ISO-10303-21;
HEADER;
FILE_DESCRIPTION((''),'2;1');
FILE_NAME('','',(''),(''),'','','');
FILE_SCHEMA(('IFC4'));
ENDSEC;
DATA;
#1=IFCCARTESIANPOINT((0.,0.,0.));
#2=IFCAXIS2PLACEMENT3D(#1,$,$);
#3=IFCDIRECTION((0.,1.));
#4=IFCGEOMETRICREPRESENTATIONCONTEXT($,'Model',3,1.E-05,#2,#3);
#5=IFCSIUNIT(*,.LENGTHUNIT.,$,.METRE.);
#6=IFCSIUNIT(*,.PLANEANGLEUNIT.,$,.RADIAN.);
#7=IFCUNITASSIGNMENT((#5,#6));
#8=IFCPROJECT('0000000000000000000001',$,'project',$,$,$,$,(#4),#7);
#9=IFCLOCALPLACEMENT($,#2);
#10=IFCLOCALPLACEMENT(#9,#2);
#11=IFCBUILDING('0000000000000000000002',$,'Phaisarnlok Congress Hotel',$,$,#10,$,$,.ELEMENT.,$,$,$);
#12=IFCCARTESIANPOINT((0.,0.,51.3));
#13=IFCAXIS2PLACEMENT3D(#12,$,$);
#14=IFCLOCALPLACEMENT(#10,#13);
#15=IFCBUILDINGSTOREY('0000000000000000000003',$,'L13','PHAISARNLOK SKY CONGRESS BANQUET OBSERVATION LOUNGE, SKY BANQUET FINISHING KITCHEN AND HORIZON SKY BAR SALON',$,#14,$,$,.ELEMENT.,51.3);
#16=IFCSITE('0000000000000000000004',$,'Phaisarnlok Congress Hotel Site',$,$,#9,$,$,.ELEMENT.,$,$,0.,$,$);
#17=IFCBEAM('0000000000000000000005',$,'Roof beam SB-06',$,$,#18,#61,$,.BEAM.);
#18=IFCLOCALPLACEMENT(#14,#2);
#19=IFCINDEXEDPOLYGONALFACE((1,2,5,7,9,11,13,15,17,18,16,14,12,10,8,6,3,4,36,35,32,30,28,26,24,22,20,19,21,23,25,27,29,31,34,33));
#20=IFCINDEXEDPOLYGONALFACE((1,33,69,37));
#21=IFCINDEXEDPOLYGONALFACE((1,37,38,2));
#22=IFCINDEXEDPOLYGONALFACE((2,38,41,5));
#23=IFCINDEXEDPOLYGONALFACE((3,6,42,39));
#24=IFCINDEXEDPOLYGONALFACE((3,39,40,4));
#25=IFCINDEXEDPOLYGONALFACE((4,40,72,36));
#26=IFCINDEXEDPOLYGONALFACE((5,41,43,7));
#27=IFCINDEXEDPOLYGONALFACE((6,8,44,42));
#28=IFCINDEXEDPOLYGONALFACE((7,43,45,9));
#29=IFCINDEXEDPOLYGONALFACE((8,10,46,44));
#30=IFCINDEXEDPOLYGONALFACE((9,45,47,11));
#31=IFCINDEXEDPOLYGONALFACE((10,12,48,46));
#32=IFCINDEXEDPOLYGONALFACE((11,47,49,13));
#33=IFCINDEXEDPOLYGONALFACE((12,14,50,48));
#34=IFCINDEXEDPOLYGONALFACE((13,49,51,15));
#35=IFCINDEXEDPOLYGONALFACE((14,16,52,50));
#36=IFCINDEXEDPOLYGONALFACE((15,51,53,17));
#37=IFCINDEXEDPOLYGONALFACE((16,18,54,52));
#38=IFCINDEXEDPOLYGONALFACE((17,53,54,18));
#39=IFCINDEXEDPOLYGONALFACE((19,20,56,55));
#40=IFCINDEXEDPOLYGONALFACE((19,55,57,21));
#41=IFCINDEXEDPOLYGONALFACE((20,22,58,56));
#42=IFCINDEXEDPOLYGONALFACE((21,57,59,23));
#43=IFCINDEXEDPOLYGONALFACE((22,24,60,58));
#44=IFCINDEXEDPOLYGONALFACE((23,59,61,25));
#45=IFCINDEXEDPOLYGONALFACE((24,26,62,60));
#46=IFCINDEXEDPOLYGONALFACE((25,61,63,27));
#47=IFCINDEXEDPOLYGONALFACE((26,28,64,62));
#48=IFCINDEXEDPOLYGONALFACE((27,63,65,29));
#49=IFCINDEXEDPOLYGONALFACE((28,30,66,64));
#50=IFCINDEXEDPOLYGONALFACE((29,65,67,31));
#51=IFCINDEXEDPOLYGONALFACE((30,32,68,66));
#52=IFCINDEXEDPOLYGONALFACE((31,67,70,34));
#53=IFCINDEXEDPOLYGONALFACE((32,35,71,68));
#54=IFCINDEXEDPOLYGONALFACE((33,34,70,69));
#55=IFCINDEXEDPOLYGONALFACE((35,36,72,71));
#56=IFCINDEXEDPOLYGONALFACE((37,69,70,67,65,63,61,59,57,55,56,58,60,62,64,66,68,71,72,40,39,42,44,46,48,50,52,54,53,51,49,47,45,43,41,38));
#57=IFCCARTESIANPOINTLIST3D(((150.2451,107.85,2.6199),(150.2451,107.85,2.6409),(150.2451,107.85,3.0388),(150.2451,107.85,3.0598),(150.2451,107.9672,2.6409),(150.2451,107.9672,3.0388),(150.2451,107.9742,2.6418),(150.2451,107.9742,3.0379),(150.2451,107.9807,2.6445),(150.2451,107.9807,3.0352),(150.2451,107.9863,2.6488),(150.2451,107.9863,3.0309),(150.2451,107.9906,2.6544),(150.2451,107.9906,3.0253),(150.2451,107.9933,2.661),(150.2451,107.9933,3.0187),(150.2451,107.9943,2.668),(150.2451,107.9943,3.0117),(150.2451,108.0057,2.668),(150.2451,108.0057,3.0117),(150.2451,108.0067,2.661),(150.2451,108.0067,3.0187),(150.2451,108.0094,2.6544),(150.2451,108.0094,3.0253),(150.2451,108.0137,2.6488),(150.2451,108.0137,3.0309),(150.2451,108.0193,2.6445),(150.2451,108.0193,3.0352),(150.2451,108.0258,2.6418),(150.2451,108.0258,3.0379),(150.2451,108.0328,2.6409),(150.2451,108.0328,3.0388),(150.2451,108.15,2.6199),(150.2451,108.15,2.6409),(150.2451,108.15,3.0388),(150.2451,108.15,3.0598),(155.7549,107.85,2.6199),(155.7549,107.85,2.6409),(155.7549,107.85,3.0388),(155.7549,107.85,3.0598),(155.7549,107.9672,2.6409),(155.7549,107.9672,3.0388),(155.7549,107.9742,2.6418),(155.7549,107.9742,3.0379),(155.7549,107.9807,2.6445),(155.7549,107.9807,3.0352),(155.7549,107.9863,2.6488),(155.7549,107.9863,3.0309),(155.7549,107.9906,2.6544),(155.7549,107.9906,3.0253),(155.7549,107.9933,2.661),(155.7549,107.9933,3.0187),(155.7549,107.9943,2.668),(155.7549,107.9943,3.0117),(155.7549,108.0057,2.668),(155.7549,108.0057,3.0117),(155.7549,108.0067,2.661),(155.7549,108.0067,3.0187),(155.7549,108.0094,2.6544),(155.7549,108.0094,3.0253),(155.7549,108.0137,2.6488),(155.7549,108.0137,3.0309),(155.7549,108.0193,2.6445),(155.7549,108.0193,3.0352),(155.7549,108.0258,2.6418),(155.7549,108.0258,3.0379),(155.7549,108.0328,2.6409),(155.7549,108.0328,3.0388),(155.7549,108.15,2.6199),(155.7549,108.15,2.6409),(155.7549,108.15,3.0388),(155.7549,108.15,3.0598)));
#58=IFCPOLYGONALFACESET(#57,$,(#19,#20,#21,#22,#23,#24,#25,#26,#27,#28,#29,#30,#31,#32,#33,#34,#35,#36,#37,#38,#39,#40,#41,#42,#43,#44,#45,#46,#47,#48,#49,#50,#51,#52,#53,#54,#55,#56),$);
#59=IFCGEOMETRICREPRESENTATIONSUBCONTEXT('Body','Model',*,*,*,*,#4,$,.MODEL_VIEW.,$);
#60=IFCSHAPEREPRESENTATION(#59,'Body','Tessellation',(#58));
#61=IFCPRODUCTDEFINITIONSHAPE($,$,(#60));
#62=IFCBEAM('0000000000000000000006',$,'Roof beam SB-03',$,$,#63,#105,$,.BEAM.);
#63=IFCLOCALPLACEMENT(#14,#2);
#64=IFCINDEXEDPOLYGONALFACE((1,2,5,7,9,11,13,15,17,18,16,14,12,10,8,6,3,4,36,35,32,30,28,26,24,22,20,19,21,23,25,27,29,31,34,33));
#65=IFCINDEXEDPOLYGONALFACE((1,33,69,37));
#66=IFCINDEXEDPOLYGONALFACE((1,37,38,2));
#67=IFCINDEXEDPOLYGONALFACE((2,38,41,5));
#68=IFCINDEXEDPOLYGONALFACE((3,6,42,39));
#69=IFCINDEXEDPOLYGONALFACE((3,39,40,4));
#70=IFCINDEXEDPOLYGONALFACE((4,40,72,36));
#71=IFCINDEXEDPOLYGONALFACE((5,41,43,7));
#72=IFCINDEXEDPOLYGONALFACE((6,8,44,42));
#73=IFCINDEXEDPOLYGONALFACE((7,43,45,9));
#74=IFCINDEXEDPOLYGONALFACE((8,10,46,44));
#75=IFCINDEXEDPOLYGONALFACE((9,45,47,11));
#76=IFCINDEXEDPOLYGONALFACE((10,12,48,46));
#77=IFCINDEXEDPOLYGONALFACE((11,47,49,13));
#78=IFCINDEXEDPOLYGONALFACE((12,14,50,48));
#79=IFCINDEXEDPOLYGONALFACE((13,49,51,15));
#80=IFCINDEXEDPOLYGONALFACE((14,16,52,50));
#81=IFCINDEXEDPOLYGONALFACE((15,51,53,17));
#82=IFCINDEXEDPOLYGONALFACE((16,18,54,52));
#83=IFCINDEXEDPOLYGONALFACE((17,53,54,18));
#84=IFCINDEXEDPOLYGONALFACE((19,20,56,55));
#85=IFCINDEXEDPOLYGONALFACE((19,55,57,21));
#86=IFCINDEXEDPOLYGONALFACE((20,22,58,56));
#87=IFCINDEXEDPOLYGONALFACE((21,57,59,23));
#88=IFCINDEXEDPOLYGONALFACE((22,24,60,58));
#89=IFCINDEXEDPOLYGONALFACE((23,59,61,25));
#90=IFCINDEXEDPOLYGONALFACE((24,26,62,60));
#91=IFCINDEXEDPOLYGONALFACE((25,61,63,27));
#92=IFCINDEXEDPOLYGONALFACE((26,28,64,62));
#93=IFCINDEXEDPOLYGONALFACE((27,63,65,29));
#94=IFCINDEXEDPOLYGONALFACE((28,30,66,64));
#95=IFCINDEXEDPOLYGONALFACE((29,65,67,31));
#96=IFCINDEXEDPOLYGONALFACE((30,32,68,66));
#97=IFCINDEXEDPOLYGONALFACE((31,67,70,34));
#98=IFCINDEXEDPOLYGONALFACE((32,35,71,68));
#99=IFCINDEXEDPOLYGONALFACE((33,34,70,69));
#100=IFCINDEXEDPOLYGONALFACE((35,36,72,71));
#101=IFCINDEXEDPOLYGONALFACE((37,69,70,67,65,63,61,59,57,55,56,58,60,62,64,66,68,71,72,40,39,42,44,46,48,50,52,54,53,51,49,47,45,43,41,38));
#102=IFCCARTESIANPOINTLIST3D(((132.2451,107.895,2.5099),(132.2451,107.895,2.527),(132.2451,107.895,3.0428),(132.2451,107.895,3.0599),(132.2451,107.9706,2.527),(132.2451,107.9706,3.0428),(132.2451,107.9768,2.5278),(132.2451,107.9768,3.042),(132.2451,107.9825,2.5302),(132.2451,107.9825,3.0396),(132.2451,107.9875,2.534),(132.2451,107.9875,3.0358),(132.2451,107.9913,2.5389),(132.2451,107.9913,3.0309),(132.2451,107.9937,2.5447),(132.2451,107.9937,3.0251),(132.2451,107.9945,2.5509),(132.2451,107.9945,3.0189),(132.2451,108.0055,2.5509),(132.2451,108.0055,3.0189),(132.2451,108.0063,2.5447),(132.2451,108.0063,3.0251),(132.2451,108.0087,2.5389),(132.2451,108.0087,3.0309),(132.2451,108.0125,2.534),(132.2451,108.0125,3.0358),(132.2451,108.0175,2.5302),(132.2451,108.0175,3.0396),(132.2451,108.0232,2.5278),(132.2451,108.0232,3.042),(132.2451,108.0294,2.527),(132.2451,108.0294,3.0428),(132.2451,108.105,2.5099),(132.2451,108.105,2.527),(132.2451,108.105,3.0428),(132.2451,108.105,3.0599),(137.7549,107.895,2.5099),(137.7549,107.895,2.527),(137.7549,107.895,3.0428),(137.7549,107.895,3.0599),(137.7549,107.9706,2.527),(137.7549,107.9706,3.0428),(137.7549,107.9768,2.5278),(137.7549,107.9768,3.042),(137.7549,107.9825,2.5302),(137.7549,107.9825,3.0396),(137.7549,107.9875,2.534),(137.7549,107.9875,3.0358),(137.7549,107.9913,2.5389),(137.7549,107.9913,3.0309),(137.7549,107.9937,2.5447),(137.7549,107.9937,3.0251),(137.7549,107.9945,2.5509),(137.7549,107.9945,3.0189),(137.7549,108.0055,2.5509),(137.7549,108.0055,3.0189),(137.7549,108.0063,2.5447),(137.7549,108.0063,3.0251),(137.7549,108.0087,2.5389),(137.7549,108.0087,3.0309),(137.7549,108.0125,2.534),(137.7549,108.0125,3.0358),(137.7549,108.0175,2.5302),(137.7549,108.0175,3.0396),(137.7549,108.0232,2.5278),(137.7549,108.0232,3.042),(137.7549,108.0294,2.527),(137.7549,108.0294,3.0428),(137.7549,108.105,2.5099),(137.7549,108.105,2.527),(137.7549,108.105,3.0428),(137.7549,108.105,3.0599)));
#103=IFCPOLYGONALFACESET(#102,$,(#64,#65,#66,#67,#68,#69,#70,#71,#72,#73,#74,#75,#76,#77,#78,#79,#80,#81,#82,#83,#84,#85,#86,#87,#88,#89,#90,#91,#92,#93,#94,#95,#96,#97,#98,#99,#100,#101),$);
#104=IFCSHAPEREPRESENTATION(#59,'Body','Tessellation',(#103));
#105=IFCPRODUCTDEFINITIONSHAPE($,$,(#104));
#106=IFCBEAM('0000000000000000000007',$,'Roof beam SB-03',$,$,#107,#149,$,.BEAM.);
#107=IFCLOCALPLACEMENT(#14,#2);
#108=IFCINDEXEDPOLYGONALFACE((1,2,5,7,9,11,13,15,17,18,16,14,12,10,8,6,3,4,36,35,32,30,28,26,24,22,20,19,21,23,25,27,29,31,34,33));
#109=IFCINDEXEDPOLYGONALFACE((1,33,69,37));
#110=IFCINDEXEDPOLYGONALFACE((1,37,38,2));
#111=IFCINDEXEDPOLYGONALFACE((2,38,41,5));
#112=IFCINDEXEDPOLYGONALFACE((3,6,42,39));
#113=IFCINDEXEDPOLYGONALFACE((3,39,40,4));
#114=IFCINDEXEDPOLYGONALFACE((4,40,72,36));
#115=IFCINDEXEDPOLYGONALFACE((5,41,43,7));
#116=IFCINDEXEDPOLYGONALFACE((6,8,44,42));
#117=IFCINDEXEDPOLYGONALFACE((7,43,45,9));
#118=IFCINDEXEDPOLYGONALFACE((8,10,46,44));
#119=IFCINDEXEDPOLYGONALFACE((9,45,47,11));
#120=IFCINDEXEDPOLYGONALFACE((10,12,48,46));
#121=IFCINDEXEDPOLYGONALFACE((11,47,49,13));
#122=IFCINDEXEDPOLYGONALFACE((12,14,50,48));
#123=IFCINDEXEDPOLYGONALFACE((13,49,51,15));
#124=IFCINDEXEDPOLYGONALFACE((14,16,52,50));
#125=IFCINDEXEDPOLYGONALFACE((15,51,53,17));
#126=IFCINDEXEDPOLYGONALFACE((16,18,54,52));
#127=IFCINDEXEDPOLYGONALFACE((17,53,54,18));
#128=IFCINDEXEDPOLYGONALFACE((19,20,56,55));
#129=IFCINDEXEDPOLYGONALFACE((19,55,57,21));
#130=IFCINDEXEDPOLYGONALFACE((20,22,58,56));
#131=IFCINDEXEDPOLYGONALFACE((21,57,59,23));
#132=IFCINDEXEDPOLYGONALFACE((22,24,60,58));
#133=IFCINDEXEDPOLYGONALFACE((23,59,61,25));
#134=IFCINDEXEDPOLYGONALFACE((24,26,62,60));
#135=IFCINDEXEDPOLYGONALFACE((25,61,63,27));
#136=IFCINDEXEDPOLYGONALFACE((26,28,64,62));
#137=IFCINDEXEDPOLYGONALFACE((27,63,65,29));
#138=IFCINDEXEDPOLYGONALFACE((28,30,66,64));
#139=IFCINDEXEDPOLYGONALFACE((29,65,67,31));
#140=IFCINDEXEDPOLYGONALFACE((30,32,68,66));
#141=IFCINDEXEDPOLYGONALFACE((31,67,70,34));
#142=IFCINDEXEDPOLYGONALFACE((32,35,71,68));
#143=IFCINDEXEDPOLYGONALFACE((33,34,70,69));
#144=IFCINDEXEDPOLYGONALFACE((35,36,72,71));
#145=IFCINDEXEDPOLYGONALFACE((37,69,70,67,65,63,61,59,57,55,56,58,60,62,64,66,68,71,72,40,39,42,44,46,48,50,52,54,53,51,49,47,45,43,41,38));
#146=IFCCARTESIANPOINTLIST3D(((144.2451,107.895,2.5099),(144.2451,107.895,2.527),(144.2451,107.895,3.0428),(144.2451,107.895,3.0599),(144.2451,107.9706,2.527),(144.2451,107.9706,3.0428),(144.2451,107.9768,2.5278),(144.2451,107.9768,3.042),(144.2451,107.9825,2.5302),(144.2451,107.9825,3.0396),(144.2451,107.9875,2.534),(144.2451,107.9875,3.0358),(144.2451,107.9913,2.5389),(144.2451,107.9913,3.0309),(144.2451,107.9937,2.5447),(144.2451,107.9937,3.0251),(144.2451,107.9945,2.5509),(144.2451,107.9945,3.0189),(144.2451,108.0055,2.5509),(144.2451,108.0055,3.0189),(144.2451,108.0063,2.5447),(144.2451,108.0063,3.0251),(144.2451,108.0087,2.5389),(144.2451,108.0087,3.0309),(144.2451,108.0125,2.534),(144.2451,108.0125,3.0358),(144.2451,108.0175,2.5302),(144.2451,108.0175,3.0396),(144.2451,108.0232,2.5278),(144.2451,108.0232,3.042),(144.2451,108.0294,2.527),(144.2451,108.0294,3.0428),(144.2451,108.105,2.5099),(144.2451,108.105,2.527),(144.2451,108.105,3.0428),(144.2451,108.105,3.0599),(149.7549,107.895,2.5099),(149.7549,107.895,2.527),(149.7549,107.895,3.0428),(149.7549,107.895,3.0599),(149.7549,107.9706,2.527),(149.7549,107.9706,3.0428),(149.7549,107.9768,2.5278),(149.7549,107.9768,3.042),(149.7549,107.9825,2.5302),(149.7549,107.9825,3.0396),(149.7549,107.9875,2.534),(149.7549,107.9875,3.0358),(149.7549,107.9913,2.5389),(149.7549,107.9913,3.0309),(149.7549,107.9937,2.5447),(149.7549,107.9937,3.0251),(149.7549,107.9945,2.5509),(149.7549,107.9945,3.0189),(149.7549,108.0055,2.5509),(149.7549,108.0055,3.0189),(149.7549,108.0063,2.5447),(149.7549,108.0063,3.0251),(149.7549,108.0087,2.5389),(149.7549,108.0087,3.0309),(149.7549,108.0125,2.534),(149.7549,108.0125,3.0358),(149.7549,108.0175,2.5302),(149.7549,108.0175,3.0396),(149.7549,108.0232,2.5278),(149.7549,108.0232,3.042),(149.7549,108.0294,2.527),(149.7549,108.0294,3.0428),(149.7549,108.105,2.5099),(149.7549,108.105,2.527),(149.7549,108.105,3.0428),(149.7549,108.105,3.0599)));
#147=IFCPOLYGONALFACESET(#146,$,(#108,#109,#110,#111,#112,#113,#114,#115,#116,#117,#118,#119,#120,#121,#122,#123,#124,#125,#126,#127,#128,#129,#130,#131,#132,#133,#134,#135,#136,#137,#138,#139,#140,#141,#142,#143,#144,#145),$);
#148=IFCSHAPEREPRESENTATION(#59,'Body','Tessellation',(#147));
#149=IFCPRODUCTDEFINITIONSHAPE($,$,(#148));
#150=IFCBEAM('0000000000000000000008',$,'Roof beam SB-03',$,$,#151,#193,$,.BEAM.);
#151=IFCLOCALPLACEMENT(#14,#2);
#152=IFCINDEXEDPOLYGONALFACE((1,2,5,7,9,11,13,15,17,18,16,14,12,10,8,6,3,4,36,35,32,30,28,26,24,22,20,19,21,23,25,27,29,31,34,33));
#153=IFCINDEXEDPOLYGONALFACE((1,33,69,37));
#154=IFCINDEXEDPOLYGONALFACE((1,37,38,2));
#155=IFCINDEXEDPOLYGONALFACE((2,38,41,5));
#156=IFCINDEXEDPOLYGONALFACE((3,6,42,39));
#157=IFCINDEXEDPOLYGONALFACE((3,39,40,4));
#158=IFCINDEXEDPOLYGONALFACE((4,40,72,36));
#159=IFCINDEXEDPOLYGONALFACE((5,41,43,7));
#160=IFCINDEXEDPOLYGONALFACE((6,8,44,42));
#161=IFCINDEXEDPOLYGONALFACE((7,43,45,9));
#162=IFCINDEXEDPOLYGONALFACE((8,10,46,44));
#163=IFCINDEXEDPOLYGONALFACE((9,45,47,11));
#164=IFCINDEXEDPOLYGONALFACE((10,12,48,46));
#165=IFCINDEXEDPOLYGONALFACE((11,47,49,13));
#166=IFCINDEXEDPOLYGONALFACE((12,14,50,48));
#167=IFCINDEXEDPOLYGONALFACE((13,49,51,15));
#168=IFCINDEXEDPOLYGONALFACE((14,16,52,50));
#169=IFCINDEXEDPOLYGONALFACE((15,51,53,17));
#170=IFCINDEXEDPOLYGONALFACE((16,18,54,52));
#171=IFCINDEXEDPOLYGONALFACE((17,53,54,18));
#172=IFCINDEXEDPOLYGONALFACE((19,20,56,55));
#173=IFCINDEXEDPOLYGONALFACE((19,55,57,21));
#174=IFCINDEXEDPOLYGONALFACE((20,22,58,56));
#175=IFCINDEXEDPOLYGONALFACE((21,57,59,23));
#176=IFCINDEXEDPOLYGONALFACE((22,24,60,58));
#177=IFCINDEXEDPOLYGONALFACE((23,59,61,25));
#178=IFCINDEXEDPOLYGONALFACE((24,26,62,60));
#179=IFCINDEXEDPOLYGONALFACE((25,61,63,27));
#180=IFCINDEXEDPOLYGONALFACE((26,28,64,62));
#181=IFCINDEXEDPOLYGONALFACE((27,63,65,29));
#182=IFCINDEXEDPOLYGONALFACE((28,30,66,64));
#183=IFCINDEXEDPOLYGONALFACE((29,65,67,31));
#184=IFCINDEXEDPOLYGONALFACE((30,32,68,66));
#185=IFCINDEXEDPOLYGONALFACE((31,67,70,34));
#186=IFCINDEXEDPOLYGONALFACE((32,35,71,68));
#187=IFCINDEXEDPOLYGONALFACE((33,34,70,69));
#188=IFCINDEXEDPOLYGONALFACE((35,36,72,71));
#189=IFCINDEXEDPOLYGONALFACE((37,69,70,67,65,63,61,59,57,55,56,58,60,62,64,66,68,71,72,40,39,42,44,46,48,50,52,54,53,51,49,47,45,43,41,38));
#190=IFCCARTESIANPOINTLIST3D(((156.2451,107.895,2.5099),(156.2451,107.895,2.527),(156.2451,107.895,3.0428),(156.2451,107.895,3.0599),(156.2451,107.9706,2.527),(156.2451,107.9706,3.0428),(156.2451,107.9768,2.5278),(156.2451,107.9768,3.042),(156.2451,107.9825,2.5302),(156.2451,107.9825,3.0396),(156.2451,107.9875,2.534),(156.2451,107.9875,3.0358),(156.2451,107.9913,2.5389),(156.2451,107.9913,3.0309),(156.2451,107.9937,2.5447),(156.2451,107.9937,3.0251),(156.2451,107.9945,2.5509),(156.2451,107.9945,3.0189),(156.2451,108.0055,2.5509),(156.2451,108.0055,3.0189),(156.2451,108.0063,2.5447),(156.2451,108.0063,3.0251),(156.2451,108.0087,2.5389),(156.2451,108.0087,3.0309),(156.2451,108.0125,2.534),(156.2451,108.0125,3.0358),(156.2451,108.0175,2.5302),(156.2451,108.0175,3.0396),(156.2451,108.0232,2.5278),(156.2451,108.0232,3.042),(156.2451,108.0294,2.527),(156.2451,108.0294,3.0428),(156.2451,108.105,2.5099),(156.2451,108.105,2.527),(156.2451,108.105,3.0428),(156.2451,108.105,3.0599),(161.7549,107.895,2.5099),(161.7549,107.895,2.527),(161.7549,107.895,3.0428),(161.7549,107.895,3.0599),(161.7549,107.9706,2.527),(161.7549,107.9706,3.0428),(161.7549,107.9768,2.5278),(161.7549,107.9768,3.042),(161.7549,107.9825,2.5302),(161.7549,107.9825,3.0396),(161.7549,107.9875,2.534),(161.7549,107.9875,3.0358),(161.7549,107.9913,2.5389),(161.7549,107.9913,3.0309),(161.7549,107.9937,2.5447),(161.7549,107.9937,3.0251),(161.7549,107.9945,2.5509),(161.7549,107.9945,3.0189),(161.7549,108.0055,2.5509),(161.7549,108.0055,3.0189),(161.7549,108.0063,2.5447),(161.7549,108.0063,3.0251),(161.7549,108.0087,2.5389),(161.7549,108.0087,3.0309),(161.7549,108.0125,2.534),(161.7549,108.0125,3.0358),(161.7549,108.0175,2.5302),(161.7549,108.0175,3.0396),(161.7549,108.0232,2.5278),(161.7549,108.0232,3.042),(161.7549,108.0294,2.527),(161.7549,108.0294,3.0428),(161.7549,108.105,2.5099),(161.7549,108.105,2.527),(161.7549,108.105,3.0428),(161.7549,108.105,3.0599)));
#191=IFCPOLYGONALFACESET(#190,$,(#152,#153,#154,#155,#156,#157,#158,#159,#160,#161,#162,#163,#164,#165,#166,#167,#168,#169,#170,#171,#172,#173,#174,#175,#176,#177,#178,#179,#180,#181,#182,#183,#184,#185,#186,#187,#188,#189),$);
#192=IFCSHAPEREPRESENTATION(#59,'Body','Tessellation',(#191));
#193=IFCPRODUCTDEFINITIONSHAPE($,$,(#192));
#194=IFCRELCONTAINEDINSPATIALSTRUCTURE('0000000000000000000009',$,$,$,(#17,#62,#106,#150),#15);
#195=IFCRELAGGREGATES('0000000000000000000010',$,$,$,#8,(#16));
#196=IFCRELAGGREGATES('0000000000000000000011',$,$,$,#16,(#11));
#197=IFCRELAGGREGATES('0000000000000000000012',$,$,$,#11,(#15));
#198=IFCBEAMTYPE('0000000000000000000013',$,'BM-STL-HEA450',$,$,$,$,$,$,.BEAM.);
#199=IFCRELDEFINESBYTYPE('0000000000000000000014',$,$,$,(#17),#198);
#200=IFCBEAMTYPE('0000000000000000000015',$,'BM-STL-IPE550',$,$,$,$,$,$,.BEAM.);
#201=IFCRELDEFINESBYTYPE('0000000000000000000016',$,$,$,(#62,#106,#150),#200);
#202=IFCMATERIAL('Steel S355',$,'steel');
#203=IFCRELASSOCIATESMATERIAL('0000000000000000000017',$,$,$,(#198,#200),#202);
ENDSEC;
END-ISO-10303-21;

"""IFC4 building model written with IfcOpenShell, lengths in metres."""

from ifc_helpers import new_model, si_unit, direction, frame, origin, origin_2d, place, context, subcontext, project, spatial, i_section, extrude, material, material_profile, profile_set, type_object, element, save


model = new_model("IFC4")

# Units and contexts
model_context = context("Model", 3, precision=1e-05, world=origin(), true_north=direction((0.0, 1.0)))
body_context = subcontext(model_context, "Body", "Model", "MODEL_VIEW")
ifc_project = project(units=[si_unit("LENGTHUNIT", "METRE"), si_unit("PLANEANGLEUNIT", "RADIAN")], contexts=[model_context])

# Site, building, storey
site_placement = place(None, origin())
site = spatial("IfcSite", under=ifc_project, at=site_placement, Name="Phaisarnlok Congress Hotel Site", CompositionType="ELEMENT", RefElevation=0.0)
building_placement = place(site_placement, origin())
building = spatial("IfcBuilding", under=site, at=building_placement, Name="Phaisarnlok Congress Hotel", CompositionType="ELEMENT")
storey_placement = place(building_placement, frame((0.0, 0.0, 51.3)))
storey = spatial("IfcBuildingStorey", under=building, at=storey_placement, Name="L13", Description="PHAISARNLOK SKY CONGRESS BANQUET OBSERVATION LOUNGE, SKY BANQUET FINISHING KITCHEN AND HORIZON SKY BAR SALON", CompositionType="ELEMENT", Elevation=51.3)

# Beams
ifc_material_1 = material(Name="Steel S355", Category="steel")
ifc_material_profile_1 = material_profile(ifc_material_1, i_section(OverallWidth=0.3, OverallDepth=0.4399, WebThickness=0.0115, FlangeThickness=0.021, FilletRadius=0.0271, at=origin_2d()), Name="HEA 450")
ifc_profile_set_1 = profile_set([ifc_material_profile_1], Name="Steel S355")
beam_type_1 = type_object("IfcBeamType", Name="BM-STL-HEA450", PredefinedType="BEAM", material=ifc_profile_set_1)
for number, where, z_axis, x_axis, name in (
    (1, (150.2451, 108.0, 2.8398), (1.0, 0.0, 0.0), (0.0, 1.0, 0.0), "Roof beam SB-06"),
):
    element("IfcBeam", number, at=place(storey_placement, frame(where, z_axis=z_axis, x_axis=x_axis)), inside=storey, type_object=beam_type_1, Name=name, PredefinedType="BEAM", context=body_context, shape_type="SweptSolid", body=[
        extrude(i_section(OverallWidth=0.3, OverallDepth=0.4399, WebThickness=0.0115, FlangeThickness=0.021, FilletRadius=0.0271, at=origin_2d()), origin(), (0.0, 0.0, 1.0), 5.5098),
    ])
ifc_material_profile_2 = material_profile(ifc_material_1, i_section(OverallWidth=0.21, OverallDepth=0.55, WebThickness=0.011, FlangeThickness=0.0171, FilletRadius=0.0239, at=origin_2d()), Name="IPE 550")
ifc_profile_set_2 = profile_set([ifc_material_profile_2], Name="Steel S355")
beam_type_2 = type_object("IfcBeamType", Name="BM-STL-IPE550", PredefinedType="BEAM", material=ifc_profile_set_2)
for number, where, z_axis, x_axis, name in (
    (2, (132.2451, 108.0, 2.7849), (1.0, 0.0, 0.0), (0.0, 1.0, 0.0), "Roof beam SB-03"),
    (3, (144.2451, 108.0, 2.7849), (1.0, 0.0, 0.0), (0.0, 1.0, 0.0), "Roof beam SB-03"),
    (4, (156.2451, 108.0, 2.7849), (1.0, 0.0, 0.0), (0.0, 1.0, 0.0), "Roof beam SB-03"),
):
    element("IfcBeam", number, at=place(storey_placement, frame(where, z_axis=z_axis, x_axis=x_axis)), inside=storey, type_object=beam_type_2, Name=name, PredefinedType="BEAM", context=body_context, shape_type="SweptSolid", body=[
        extrude(i_section(OverallWidth=0.21, OverallDepth=0.55, WebThickness=0.011, FlangeThickness=0.0171, FilletRadius=0.0239, at=origin_2d()), origin(), (0.0, 0.0, 1.0), 5.5098),
    ])

save(model, "model.ifc")
